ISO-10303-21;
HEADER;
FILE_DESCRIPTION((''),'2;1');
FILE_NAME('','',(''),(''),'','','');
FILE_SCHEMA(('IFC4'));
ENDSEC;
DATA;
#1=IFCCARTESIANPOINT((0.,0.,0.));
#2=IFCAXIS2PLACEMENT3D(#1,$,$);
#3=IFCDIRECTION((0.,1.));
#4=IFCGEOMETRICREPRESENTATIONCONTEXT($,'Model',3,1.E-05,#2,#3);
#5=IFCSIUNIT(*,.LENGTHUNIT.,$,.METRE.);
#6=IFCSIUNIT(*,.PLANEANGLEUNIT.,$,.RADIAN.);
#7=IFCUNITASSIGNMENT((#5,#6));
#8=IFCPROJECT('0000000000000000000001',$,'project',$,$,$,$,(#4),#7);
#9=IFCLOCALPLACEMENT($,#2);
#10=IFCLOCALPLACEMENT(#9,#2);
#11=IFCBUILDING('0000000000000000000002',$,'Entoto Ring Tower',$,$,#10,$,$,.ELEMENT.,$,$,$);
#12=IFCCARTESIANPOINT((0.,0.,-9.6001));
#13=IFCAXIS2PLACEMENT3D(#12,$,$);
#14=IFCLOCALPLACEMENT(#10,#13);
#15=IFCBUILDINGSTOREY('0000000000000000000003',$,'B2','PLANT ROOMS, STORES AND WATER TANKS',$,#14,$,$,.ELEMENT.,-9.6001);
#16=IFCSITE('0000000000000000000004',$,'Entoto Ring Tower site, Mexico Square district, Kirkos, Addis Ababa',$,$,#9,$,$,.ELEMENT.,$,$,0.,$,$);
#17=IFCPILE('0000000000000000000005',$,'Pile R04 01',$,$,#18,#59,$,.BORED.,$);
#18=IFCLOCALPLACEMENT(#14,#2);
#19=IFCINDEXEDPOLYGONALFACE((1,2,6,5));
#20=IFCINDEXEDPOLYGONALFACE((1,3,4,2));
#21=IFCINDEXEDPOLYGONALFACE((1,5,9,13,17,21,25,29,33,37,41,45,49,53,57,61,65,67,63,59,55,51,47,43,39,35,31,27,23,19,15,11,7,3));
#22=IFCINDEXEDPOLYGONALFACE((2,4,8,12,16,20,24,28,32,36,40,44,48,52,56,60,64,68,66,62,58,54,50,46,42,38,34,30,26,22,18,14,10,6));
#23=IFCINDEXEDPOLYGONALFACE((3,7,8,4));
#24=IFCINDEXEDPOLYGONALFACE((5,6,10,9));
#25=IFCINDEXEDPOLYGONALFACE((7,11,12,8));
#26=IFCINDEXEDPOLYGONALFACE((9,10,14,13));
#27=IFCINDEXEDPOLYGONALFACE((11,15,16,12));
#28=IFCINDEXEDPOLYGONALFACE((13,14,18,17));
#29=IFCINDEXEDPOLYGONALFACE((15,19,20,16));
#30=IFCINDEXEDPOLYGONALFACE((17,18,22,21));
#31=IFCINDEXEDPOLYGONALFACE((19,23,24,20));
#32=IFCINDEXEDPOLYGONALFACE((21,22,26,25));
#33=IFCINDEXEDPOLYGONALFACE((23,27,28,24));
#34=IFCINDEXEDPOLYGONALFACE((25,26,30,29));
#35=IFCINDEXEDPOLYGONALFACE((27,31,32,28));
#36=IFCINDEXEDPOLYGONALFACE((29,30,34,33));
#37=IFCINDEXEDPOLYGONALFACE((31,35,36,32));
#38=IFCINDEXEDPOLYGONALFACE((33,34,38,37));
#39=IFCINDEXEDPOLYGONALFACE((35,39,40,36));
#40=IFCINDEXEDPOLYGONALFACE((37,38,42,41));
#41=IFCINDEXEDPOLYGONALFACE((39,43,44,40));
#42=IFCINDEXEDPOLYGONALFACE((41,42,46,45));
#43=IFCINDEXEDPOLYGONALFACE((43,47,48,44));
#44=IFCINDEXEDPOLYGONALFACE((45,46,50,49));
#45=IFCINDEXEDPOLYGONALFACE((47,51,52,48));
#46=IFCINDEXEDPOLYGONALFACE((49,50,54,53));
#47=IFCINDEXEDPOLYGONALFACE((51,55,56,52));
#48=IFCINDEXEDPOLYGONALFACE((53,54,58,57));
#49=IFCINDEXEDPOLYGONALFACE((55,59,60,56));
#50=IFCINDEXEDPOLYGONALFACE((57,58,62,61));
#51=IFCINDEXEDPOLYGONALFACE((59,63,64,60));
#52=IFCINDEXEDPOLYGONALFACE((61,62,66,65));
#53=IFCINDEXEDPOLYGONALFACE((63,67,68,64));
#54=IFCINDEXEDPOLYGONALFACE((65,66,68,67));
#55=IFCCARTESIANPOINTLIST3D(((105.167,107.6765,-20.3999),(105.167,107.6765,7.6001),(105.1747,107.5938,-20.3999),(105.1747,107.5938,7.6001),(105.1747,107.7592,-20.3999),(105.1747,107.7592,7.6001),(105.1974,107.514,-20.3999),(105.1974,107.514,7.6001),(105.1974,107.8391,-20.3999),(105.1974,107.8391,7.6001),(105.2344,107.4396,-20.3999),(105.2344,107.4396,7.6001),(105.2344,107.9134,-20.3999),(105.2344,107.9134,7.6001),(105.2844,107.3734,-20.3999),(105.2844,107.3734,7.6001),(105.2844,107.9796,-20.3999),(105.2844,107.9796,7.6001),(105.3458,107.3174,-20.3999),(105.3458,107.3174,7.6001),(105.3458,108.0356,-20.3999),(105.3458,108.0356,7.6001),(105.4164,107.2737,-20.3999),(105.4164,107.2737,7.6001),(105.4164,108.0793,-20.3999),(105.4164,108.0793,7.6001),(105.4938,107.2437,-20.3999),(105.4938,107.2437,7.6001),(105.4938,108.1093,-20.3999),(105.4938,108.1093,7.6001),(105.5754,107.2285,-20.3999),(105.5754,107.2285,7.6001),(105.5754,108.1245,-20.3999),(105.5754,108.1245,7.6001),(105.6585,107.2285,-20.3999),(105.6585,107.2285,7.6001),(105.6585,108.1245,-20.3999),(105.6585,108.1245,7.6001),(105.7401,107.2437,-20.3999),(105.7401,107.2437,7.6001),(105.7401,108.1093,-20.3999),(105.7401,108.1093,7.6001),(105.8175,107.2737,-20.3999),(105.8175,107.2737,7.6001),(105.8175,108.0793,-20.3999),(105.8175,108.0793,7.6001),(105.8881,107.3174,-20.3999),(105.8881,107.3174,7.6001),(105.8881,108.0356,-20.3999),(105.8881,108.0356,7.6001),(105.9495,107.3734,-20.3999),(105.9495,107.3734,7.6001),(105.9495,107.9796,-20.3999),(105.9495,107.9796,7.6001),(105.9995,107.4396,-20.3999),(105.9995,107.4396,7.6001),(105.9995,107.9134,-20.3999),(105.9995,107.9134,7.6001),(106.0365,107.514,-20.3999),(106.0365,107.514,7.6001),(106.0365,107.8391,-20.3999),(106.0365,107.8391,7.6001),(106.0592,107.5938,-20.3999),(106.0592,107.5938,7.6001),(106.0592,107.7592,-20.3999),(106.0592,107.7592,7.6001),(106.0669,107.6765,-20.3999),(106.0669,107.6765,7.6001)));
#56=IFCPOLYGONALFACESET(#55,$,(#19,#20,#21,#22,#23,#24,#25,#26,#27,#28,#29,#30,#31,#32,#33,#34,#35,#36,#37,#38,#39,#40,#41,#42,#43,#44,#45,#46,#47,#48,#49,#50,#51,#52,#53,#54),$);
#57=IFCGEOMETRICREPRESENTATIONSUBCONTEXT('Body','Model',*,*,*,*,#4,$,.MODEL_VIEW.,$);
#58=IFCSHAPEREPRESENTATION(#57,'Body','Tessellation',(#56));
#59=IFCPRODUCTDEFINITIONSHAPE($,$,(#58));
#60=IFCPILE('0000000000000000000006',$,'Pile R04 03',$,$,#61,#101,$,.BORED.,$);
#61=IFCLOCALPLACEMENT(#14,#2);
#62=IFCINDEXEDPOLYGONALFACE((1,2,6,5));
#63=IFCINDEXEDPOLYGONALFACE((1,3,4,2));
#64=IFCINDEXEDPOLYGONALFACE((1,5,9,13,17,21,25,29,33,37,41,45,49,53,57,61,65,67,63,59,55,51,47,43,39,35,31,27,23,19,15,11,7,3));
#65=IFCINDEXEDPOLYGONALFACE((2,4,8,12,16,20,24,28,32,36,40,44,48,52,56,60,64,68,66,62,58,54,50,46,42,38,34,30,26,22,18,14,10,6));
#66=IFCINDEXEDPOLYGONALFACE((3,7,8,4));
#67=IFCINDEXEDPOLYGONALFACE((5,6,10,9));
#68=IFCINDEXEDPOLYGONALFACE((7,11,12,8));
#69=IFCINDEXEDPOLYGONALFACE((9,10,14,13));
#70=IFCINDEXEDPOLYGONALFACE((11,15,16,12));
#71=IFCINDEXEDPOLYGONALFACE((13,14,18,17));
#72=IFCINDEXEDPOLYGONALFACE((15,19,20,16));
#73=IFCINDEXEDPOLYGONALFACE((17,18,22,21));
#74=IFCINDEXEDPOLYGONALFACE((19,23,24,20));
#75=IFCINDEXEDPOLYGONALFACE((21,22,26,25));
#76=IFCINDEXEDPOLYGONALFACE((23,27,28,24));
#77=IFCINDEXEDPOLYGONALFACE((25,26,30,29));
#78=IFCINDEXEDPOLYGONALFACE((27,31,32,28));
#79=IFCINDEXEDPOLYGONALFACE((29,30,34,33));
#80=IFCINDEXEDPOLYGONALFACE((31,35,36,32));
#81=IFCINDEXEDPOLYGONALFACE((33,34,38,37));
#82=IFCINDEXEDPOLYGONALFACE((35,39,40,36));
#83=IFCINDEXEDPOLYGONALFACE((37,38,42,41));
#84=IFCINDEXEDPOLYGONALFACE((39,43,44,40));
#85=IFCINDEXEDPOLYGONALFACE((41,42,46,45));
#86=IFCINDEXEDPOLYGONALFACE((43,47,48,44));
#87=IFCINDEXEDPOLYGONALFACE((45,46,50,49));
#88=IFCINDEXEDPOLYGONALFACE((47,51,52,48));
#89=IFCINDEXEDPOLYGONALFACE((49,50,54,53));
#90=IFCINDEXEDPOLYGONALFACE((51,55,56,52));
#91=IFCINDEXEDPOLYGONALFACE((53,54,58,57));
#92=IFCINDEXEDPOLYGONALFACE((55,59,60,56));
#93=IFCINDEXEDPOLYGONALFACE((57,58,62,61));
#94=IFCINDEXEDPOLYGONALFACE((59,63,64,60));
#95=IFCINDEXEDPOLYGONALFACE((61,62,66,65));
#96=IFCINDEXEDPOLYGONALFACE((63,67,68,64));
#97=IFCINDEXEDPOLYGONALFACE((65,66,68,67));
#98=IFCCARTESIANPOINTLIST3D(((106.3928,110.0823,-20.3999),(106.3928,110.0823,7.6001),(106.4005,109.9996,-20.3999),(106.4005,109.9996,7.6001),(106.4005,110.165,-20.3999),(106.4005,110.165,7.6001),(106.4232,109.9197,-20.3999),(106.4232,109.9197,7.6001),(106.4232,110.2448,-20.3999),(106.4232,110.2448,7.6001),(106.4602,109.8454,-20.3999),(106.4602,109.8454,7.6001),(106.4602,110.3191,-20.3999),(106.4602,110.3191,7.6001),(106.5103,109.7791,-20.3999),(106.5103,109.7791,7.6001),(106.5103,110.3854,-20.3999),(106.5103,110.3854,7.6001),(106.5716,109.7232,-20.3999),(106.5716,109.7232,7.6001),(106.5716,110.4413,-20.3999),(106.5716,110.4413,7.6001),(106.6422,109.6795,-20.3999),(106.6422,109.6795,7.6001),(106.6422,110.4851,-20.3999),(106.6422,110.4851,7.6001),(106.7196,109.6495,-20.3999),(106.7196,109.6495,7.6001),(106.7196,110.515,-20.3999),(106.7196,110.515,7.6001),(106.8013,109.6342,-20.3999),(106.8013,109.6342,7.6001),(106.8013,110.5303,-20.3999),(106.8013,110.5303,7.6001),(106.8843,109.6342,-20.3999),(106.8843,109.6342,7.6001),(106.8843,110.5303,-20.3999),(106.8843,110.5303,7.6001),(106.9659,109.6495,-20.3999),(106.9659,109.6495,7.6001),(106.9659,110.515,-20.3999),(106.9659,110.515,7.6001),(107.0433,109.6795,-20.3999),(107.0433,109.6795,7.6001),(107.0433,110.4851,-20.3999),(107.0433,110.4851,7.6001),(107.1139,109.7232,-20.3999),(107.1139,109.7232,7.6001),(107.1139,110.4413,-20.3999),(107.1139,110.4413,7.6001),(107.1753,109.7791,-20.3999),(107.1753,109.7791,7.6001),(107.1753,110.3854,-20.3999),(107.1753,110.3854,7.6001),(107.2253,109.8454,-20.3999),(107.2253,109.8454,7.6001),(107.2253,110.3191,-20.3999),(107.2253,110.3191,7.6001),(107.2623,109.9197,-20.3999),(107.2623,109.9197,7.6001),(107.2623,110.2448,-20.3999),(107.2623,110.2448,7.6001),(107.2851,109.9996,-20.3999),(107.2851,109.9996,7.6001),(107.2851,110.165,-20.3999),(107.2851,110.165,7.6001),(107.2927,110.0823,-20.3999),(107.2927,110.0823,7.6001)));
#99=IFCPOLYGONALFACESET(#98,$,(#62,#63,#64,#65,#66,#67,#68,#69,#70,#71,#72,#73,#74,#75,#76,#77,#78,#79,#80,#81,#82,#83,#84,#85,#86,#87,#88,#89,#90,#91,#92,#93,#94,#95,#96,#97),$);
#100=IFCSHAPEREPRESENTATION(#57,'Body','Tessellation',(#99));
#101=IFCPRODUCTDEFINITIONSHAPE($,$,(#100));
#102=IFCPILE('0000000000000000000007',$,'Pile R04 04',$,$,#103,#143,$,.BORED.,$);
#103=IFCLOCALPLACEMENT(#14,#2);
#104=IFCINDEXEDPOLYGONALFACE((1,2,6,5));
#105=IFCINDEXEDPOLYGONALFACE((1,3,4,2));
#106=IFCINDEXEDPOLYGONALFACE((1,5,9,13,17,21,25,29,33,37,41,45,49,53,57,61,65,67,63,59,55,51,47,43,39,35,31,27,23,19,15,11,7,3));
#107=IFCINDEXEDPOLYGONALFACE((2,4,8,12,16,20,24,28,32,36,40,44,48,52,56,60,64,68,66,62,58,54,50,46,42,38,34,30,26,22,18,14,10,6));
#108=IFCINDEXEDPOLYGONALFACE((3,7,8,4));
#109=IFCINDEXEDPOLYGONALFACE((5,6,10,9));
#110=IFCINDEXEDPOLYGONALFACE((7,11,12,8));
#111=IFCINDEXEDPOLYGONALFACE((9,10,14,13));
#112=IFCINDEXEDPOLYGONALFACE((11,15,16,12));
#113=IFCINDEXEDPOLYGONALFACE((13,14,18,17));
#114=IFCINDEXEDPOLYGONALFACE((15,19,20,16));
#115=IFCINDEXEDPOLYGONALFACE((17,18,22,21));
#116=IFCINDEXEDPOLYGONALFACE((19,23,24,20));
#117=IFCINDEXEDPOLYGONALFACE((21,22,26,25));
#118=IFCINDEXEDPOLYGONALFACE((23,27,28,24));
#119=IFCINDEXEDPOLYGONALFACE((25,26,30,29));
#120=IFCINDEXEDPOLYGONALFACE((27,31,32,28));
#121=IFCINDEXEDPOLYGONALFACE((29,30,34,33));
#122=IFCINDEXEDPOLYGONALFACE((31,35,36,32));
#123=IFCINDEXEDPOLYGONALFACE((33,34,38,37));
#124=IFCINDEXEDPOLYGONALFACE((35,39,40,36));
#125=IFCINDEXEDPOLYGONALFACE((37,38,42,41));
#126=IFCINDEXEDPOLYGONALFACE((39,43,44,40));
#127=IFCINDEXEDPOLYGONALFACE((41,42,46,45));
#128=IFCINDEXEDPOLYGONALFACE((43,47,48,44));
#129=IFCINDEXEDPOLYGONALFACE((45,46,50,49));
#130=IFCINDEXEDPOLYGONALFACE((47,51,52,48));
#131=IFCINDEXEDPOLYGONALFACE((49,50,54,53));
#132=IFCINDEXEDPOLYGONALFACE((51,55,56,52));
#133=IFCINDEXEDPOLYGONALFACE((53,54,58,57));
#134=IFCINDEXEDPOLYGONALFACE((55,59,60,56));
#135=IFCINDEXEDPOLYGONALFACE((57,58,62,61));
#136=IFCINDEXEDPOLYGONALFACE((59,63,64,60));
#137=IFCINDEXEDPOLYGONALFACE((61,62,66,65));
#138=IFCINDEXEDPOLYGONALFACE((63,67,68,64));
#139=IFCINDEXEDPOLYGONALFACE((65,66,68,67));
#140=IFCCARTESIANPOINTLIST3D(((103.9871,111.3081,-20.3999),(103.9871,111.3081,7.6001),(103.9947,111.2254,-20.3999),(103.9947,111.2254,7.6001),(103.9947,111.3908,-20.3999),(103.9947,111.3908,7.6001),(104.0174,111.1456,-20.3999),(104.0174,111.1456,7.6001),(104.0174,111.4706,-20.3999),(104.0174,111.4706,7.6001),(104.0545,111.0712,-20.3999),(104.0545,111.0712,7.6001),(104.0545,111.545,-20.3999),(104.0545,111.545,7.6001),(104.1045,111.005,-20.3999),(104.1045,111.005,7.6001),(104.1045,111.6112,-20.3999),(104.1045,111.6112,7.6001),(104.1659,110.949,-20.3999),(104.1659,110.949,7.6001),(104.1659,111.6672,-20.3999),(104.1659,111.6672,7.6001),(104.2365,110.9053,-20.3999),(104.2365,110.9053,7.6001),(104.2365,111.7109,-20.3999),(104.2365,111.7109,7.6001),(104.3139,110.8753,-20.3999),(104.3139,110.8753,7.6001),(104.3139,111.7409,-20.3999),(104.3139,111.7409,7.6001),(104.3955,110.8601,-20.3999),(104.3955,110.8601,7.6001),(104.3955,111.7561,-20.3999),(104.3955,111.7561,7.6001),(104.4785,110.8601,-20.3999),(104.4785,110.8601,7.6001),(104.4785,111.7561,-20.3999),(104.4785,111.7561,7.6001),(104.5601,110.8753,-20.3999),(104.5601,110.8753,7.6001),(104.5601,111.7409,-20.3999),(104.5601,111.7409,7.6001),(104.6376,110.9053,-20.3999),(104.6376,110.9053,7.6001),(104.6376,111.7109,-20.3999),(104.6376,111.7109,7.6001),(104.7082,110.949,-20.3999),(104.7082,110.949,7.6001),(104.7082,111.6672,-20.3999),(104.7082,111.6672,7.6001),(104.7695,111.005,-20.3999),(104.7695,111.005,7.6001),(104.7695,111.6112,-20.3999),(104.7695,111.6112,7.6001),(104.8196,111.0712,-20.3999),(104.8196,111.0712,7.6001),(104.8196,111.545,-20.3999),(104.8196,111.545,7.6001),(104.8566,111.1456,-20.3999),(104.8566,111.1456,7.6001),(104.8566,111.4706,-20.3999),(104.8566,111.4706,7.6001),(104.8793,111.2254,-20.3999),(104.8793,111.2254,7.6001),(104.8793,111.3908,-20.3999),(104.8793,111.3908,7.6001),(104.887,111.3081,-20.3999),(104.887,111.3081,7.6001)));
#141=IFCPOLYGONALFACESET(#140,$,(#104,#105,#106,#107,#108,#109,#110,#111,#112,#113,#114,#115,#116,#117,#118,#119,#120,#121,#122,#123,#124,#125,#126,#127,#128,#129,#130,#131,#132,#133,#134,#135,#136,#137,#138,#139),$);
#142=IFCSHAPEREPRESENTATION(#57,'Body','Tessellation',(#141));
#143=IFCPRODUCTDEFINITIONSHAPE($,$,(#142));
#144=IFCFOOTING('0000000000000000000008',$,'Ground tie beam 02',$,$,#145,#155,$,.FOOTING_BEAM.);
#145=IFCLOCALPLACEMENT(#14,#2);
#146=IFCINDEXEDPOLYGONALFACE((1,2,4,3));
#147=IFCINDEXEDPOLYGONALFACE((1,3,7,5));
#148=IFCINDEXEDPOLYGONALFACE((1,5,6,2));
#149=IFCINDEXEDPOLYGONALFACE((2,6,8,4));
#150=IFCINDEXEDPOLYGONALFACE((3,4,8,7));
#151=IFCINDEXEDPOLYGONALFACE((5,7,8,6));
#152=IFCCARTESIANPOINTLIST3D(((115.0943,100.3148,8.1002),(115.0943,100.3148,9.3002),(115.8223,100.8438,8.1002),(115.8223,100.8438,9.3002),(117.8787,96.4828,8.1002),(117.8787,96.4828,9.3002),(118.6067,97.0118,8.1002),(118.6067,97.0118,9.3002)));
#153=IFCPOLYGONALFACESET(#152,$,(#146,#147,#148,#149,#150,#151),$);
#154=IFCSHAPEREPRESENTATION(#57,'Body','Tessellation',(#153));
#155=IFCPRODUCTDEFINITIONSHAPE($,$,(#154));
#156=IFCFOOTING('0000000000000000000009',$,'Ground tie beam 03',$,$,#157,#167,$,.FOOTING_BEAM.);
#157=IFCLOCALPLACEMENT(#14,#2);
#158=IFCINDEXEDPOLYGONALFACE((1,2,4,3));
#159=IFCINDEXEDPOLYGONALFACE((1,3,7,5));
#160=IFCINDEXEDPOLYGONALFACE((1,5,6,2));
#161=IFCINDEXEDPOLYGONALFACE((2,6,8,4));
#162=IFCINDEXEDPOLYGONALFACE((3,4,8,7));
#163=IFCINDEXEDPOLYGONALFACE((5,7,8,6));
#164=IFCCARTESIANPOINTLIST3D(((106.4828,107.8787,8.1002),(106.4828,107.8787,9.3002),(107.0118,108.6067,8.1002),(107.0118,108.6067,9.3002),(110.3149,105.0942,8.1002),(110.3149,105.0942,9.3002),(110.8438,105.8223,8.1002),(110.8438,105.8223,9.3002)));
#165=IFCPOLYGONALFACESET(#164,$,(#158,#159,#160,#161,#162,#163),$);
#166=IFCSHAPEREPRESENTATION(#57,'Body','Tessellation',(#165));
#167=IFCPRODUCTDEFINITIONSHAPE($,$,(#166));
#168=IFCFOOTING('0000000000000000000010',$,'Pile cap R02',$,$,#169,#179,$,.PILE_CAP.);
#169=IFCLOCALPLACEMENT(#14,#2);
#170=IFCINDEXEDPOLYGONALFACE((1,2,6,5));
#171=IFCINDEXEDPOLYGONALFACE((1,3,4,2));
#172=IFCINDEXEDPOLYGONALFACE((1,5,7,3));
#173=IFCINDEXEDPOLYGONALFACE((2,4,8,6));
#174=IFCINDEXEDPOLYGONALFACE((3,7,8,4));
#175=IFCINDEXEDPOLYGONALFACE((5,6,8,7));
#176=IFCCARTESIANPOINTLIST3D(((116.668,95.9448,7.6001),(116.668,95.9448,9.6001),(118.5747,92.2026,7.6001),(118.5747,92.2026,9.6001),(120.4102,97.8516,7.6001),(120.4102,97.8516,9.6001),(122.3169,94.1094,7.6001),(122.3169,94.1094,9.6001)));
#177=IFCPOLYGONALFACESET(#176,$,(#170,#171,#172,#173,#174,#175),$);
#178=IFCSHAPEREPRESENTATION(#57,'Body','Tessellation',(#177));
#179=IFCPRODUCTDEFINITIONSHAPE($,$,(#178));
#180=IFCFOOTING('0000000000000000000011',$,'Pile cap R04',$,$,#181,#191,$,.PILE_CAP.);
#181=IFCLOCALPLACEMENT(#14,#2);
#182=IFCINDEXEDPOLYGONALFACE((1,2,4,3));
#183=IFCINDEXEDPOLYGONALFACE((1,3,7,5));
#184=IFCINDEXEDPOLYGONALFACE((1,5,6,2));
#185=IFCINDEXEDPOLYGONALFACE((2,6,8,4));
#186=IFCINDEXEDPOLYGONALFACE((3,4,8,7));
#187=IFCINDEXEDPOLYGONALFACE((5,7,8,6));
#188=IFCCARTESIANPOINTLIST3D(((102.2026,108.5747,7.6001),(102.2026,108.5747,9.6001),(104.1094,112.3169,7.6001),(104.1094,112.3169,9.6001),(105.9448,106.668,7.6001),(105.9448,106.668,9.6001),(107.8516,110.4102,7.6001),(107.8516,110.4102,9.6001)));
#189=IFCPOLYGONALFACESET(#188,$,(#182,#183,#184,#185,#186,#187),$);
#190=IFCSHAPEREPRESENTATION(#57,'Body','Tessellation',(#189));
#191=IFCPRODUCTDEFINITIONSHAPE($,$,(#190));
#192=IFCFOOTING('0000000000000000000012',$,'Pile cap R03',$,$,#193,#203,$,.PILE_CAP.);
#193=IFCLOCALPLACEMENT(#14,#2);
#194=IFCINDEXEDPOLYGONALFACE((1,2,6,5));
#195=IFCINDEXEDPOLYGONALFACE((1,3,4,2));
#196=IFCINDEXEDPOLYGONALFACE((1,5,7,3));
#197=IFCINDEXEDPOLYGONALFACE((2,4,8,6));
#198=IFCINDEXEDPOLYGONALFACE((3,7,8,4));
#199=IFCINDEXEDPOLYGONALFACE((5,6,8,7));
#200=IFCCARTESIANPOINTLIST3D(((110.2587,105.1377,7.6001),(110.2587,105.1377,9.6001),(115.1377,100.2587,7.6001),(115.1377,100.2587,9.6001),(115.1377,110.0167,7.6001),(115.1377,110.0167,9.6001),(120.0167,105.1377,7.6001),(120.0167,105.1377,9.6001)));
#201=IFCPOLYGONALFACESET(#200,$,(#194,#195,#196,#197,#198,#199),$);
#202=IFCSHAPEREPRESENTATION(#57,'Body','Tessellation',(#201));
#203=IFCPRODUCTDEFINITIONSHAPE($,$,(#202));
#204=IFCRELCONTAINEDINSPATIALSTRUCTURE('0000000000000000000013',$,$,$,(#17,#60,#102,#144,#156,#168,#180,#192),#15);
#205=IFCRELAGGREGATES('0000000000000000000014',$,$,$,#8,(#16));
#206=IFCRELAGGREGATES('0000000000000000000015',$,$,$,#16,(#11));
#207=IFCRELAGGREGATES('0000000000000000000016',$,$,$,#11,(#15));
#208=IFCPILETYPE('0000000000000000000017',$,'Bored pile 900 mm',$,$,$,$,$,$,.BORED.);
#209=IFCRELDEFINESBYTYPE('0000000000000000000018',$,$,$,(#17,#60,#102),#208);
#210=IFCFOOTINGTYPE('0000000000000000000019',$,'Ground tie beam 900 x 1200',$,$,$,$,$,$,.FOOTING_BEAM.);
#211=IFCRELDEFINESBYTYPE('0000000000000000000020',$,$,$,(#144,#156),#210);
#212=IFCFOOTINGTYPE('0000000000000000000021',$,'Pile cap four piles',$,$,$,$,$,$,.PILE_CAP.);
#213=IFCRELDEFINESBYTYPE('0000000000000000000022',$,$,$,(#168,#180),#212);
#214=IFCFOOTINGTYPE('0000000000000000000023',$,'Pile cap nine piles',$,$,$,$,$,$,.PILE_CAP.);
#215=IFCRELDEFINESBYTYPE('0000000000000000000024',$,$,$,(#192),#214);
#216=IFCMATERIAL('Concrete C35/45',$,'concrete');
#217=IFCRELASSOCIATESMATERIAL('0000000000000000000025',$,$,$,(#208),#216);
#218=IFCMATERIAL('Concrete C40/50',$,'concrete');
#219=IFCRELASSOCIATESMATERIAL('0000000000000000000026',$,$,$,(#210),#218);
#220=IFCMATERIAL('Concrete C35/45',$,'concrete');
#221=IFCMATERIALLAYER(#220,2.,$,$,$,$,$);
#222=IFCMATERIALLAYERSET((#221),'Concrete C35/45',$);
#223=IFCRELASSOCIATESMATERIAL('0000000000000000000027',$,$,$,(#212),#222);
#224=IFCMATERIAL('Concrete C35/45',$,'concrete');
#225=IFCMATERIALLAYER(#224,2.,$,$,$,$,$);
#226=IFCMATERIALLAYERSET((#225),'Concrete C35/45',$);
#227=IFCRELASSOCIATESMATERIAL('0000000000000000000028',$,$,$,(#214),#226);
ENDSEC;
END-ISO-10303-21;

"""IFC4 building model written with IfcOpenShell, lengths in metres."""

from ifc_helpers import new_model, si_unit, direction, frame, origin, origin_2d, place, context, subcontext, project, spatial, rectangle, circle, extrude, material, layer, layer_set, material_profile, profile_set, type_object, element, save


model = new_model("IFC4")

# Units and contexts
model_context = context("Model", 3, precision=1e-05, world=origin(), true_north=direction((0.0, 1.0)))
body_context = subcontext(model_context, "Body", "Model", "MODEL_VIEW")
ifc_project = project(units=[si_unit("LENGTHUNIT", "METRE"), si_unit("PLANEANGLEUNIT", "RADIAN")], contexts=[model_context])

# Site, building, storey
site_placement = place(None, origin())
site = spatial("IfcSite", under=ifc_project, at=site_placement, Name="Entoto Ring Tower site, Mexico Square district, Kirkos, Addis Ababa", CompositionType="ELEMENT", RefElevation=0.0)
building_placement = place(site_placement, origin())
building = spatial("IfcBuilding", under=site, at=building_placement, Name="Entoto Ring Tower", CompositionType="ELEMENT")
storey_placement = place(building_placement, frame((0.0, 0.0, -9.6001)))
storey = spatial("IfcBuildingStorey", under=building, at=storey_placement, Name="B2", Description="PLANT ROOMS, STORES AND WATER TANKS", CompositionType="ELEMENT", Elevation=-9.6001)

# Piles
ifc_material_1 = material(Name="Concrete C35/45", Category="concrete")
ifc_material_profile_1 = material_profile(ifc_material_1, circle(Radius=0.45, at=origin_2d()), Name="Bored pile 900 mm")
ifc_profile_set_1 = profile_set([ifc_material_profile_1], Name="Concrete C35/45")
pile_type = type_object("IfcPileType", Name="Bored pile 900 mm", PredefinedType="BORED", material=ifc_profile_set_1)
for number, where, z_axis, x_axis, name in (
    (1, (105.6169, 107.6765, 7.6001), (0.0, 0.0, -1.0), (1.0, 0.0, 0.0), "Pile R04 01"),
    (2, (106.8428, 110.0823, 7.6001), (0.0, 0.0, -1.0), (1.0, 0.0, 0.0), "Pile R04 03"),
    (3, (104.437, 111.3081, 7.6001), (0.0, 0.0, -1.0), (1.0, 0.0, 0.0), "Pile R04 04"),
):
    element("IfcPile", number, at=place(storey_placement, frame(where, z_axis=z_axis, x_axis=x_axis)), inside=storey, type_object=pile_type, Name=name, PredefinedType="BORED", context=body_context, shape_type="SweptSolid", body=[
        extrude(circle(Radius=0.45, at=origin_2d()), origin(), (0.0, 0.0, 1.0), 28.0),
    ])

# Footings
ifc_material_2 = material(Name="Concrete C40/50", Category="concrete")
ifc_material_profile_2 = material_profile(ifc_material_2, rectangle(XDim=0.8999, YDim=1.2, at=origin_2d()), Name="Ground tie beam 900 x 1200")
ifc_profile_set_2 = profile_set([ifc_material_profile_2], Name="Concrete C40/50")
footing_type_1 = type_object("IfcFootingType", Name="Ground tie beam 900 x 1200", PredefinedType="FOOTING_BEAM", material=ifc_profile_set_2)
for number, where, z_axis, x_axis, name in (
    (4, (118.2427, 96.7473, 8.7002), (-0.587825, 0.808988, 0.0), (-0.808988, -0.587825, 0.0), "Ground tie beam 02"),
    (5, (110.5793, 105.4583, 8.7002), (-0.808988, 0.587825, 0.0), (-0.587825, -0.808988, 0.0), "Ground tie beam 03"),
):
    element("IfcFooting", number, at=place(storey_placement, frame(where, z_axis=z_axis, x_axis=x_axis)), inside=storey, type_object=footing_type_1, Name=name, PredefinedType="FOOTING_BEAM", context=body_context, shape_type="SweptSolid", body=[
        extrude(rectangle(XDim=0.8999, YDim=1.2, at=origin_2d()), origin(), (0.0, 0.0, 1.0), 4.7368),
    ])
ifc_material_3 = material(Name="Concrete C35/45", Category="concrete")
ifc_layer_1 = layer(ifc_material_3, 2.0)
ifc_layer_set_1 = layer_set([ifc_layer_1], Name="Concrete C35/45")
footing_type_2 = type_object("IfcFootingType", Name="Pile cap four piles", PredefinedType="PILE_CAP", material=ifc_layer_set_1)
for number, where, z_axis, x_axis, name in (
    (6, (119.4924, 95.0271, 7.6001), (0.0, 0.0, 1.0), (0.891007, 0.45399, 0.0), "Pile cap R02"),
    (7, (105.0271, 109.4924, 7.6001), (0.0, 0.0, 1.0), (0.45399, 0.891007, 0.0), "Pile cap R04"),
):
    element("IfcFooting", number, at=place(storey_placement, frame(where, z_axis=z_axis, x_axis=x_axis)), inside=storey, type_object=footing_type_2, Name=name, PredefinedType="PILE_CAP", context=body_context, shape_type="SweptSolid", body=[
        extrude(rectangle(XDim=4.2, YDim=4.2, at=origin_2d()), origin(), (0.0, 0.0, 1.0), 2.0),
    ])
ifc_material_4 = material(Name="Concrete C35/45", Category="concrete")
ifc_layer_2 = layer(ifc_material_4, 2.0)
ifc_layer_set_2 = layer_set([ifc_layer_2], Name="Concrete C35/45")
footing_type_3 = type_object("IfcFootingType", Name="Pile cap nine piles", PredefinedType="PILE_CAP", material=ifc_layer_set_2)
footing_placement = place(storey_placement, frame((115.1377, 105.1377, 7.6001), z_axis=(0.0, 0.0, 1.0), x_axis=(0.707107, 0.707107, 0.0)))
element("IfcFooting", 8, at=footing_placement, inside=storey, type_object=footing_type_3, Name="Pile cap R03", PredefinedType="PILE_CAP", context=body_context, shape_type="SweptSolid", body=[
    extrude(rectangle(XDim=6.8999, YDim=6.8999, at=origin_2d()), origin(), (0.0, 0.0, 1.0), 2.0),
])

save(model, "model.ifc")
